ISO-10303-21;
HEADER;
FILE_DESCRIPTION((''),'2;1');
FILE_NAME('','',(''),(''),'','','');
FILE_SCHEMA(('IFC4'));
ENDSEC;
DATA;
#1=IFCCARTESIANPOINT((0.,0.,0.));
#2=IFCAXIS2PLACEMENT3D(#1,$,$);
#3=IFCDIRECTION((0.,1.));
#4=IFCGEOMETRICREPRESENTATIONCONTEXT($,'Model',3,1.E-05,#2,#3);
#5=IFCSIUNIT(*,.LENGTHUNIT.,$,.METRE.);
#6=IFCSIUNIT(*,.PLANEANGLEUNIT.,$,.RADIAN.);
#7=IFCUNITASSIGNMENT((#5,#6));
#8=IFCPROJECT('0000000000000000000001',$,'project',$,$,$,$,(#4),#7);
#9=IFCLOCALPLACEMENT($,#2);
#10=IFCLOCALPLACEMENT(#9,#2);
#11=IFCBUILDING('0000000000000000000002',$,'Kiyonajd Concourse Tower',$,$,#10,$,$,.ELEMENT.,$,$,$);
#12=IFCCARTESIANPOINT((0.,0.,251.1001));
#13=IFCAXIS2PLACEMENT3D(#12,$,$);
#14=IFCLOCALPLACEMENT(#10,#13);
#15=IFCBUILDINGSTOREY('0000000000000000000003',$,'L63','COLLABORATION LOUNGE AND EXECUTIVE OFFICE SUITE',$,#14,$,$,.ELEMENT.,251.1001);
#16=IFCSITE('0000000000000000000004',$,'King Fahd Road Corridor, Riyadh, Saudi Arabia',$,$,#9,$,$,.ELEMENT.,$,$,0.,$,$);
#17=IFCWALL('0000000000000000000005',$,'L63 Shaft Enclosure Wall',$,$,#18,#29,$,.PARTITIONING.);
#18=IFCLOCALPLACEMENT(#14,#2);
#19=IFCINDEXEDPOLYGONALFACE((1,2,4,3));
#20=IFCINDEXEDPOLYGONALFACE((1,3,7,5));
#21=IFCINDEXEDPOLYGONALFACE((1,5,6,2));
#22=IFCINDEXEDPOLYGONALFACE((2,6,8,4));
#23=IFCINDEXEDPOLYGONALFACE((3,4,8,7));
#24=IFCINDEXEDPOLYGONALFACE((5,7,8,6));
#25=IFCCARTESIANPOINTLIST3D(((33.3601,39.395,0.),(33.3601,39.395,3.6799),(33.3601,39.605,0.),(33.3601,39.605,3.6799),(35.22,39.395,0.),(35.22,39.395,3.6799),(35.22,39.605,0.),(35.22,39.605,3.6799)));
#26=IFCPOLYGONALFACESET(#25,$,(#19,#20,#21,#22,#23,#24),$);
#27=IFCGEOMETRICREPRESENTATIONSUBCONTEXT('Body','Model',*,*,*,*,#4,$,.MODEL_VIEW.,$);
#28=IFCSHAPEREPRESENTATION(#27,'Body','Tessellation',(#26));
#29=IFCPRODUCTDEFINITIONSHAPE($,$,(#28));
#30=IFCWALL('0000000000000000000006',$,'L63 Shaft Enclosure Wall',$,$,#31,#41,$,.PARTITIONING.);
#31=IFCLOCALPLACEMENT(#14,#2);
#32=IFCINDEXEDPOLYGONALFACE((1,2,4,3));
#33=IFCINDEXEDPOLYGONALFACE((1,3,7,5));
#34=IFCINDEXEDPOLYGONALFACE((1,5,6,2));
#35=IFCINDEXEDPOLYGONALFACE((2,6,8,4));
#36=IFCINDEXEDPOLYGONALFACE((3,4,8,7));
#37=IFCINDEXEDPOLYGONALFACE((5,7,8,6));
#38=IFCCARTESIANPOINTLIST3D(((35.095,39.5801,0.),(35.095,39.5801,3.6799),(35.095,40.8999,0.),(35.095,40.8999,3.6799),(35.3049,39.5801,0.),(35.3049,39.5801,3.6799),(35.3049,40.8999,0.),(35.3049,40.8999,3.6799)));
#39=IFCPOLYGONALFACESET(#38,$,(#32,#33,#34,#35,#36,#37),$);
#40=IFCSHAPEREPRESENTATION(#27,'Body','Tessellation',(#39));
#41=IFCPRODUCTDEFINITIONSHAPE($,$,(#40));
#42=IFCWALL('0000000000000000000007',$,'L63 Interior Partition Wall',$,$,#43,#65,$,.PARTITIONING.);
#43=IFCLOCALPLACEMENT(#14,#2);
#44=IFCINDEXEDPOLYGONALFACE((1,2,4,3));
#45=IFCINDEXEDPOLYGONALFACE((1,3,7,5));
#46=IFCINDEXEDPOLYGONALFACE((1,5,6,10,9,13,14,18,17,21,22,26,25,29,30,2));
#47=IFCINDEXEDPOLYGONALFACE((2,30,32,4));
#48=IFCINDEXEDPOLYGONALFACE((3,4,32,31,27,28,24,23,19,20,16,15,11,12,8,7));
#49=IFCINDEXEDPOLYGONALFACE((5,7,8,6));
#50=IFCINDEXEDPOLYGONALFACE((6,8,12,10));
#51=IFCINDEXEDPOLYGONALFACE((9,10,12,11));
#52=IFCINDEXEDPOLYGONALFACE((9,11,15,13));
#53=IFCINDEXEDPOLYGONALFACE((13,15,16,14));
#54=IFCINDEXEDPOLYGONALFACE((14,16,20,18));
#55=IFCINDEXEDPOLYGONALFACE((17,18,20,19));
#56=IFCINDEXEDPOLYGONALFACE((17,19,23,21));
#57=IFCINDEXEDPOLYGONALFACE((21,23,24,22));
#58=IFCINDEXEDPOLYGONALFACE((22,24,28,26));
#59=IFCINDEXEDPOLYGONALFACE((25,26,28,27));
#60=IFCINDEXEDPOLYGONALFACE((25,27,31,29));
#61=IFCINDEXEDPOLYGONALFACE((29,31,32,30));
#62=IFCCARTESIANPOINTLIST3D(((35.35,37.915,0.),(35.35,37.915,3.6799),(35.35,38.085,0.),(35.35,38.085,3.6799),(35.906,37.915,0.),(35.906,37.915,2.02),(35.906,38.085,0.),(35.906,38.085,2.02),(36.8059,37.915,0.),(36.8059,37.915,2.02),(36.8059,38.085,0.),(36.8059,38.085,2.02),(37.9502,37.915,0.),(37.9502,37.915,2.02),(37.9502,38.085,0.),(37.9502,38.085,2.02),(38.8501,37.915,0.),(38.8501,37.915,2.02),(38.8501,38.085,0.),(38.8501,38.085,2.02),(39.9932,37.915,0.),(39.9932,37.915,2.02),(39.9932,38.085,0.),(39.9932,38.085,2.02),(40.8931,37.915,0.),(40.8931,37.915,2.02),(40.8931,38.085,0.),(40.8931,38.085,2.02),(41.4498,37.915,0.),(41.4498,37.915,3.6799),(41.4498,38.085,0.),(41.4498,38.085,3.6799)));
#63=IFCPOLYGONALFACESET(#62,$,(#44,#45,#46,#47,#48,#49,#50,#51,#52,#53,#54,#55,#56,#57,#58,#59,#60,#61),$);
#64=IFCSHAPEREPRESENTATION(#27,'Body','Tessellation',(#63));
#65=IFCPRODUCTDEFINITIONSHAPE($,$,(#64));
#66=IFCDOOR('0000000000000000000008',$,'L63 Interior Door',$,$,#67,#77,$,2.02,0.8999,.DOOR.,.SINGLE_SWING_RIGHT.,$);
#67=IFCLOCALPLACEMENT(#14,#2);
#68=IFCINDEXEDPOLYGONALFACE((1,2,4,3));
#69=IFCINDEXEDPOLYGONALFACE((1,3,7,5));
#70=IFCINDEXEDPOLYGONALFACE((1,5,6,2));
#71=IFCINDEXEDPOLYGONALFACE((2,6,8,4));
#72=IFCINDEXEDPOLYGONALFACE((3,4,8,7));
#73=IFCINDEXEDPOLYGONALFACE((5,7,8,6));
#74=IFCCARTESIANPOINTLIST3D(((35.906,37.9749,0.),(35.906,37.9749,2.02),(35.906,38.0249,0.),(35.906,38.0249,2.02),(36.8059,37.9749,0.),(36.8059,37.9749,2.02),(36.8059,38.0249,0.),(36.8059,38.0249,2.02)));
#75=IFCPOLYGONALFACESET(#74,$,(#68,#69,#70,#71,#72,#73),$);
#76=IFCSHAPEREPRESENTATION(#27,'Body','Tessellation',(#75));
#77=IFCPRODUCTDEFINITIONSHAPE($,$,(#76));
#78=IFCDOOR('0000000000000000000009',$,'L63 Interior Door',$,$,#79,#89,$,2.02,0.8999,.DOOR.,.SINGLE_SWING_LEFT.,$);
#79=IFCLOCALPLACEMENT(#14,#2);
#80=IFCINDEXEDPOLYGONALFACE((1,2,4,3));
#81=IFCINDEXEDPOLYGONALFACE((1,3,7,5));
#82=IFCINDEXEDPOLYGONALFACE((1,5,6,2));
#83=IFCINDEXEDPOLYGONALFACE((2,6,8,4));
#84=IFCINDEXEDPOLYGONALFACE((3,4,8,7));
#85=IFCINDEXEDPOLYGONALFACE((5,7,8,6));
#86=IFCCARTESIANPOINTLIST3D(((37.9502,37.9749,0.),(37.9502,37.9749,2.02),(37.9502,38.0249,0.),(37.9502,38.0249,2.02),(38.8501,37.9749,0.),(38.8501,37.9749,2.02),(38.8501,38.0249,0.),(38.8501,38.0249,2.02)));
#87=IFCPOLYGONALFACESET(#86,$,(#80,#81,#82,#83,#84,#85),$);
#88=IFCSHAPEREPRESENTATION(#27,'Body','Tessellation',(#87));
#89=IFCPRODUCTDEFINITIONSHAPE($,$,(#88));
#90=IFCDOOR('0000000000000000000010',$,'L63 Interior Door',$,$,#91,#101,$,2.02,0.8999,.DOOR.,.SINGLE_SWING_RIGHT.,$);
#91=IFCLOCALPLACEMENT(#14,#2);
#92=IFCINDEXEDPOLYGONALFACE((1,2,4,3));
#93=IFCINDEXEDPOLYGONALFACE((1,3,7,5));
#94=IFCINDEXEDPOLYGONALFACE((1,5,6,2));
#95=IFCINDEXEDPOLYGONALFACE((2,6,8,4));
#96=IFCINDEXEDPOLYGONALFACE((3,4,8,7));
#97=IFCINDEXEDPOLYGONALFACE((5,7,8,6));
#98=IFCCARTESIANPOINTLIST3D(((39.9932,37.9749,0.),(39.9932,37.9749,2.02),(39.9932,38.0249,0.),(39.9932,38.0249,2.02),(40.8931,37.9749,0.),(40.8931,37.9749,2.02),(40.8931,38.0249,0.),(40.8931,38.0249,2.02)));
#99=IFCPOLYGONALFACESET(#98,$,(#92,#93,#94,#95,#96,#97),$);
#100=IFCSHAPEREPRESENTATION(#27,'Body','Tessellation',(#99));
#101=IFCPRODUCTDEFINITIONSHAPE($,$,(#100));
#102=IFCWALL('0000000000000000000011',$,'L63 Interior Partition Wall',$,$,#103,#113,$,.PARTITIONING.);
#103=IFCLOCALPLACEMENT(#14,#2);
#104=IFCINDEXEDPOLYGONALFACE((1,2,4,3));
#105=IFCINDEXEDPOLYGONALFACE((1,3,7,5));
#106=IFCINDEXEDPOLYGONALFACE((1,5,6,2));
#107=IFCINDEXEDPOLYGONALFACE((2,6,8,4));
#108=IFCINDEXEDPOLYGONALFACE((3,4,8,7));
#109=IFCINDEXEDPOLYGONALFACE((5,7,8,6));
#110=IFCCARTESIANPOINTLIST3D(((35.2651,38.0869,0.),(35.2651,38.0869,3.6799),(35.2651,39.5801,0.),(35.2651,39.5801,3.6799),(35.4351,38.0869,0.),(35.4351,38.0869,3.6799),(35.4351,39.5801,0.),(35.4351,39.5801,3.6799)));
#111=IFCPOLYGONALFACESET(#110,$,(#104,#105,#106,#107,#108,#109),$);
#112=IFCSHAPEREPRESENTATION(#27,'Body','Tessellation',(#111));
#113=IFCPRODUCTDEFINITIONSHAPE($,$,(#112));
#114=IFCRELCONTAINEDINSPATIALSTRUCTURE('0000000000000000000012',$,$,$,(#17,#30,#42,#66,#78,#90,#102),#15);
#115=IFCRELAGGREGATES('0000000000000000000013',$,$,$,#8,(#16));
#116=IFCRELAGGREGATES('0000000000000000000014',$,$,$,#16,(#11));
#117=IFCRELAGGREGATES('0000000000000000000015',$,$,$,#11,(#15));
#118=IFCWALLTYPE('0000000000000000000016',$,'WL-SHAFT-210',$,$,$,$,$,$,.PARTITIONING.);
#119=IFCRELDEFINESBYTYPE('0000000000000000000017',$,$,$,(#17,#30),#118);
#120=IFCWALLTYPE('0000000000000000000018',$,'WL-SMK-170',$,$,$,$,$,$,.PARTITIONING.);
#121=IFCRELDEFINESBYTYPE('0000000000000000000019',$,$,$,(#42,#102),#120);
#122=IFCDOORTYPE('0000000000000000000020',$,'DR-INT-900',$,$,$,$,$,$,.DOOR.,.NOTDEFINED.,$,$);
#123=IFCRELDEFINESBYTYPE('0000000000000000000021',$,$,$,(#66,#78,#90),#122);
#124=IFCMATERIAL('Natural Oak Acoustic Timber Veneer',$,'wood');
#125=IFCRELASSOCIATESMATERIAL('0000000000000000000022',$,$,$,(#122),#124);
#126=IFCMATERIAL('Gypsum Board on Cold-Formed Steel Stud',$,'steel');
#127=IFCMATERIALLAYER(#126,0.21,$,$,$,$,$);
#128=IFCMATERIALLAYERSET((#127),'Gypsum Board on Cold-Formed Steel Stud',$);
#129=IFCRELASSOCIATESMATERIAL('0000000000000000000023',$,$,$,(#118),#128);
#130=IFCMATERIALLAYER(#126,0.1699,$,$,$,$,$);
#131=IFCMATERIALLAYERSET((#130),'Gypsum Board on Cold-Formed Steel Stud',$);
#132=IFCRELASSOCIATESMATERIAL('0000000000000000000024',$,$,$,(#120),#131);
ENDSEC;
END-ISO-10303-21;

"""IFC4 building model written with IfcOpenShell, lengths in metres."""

from ifc_helpers import new_model, si_unit, direction, frame, frame_2d, origin, place, context, subcontext, project, spatial, rectangle, extrude, material, layer, layer_set, type_object, element, fill, save


model = new_model("IFC4")

# Units and contexts
model_context = context("Model", 3, precision=1e-05, world=origin(), true_north=direction((0.0, 1.0)))
body_context = subcontext(model_context, "Body", "Model", "MODEL_VIEW")
ifc_project = project(units=[si_unit("LENGTHUNIT", "METRE"), si_unit("PLANEANGLEUNIT", "RADIAN")], contexts=[model_context])

# Site, building, storey
site_placement = place(None, origin())
site = spatial("IfcSite", under=ifc_project, at=site_placement, Name="King Fahd Road Corridor, Riyadh, Saudi Arabia", CompositionType="ELEMENT", RefElevation=0.0)
building_placement = place(site_placement, origin())
building = spatial("IfcBuilding", under=site, at=building_placement, Name="Kiyonajd Concourse Tower", CompositionType="ELEMENT")
storey_placement = place(building_placement, frame((0.0, 0.0, 251.1001)))
storey = spatial("IfcBuildingStorey", under=building, at=storey_placement, Name="L63", Description="COLLABORATION LOUNGE AND EXECUTIVE OFFICE SUITE", CompositionType="ELEMENT", Elevation=251.1001)

# Shared definitions
ifc_material_1 = material(Name="Natural Oak Acoustic Timber Veneer", Category="wood")
door_type_1 = type_object("IfcDoorType", Name="DR-INT-900", OperationType="NOTDEFINED", PredefinedType="DOOR", material=ifc_material_1)

# Walls
ifc_material_2 = material(Name="Gypsum Board on Cold-Formed Steel Stud", Category="steel")
ifc_layer_1 = layer(ifc_material_2, 0.21)
ifc_layer_set_1 = layer_set([ifc_layer_1], Name="Gypsum Board on Cold-Formed Steel Stud")
wall_type_1 = type_object("IfcWallType", Name="WL-SHAFT-210", PredefinedType="PARTITIONING", material=ifc_layer_set_1)
wall_1_placement = place(storey_placement, frame((33.3601, 39.5, 0.0), z_axis=(0.0, 0.0, 1.0), x_axis=(1.0, 0.0, 0.0)))
element("IfcWall", 1, at=wall_1_placement, inside=storey, type_object=wall_type_1, Name="L63 Shaft Enclosure Wall", PredefinedType="PARTITIONING", context=body_context, shape_type="SweptSolid", body=[
    extrude(rectangle(XDim=1.8599, YDim=0.21, at=frame_2d((0.9299, 0.0))), origin(), (0.0, 0.0, 1.0), 3.6799),
])
wall_2_placement = place(storey_placement, frame((35.2, 39.5801, 0.0), z_axis=(0.0, 0.0, 1.0), x_axis=(0.0, 1.0, 0.0)))
element("IfcWall", 2, at=wall_2_placement, inside=storey, type_object=wall_type_1, Name="L63 Shaft Enclosure Wall", PredefinedType="PARTITIONING", context=body_context, shape_type="SweptSolid", body=[
    extrude(rectangle(XDim=1.3198, YDim=0.21, at=frame_2d((0.6599, 0.0))), origin(), (0.0, 0.0, 1.0), 3.6799),
])

# Wall, openings, doors
ifc_layer_2 = layer(ifc_material_2, 0.1699)
ifc_layer_set_2 = layer_set([ifc_layer_2], Name="Gypsum Board on Cold-Formed Steel Stud")
wall_type_2 = type_object("IfcWallType", Name="WL-SMK-170", PredefinedType="PARTITIONING", material=ifc_layer_set_2)
wall_3_placement = place(storey_placement, frame((35.3501, 38.0, 0.0), z_axis=(0.0, 0.0, 1.0), x_axis=(1.0, 0.0, 0.0)))
wall_3 = element("IfcWall", 3, at=wall_3_placement, inside=storey, type_object=wall_type_2, Name="L63 Interior Partition Wall", PredefinedType="PARTITIONING", context=body_context, shape_type="SweptSolid", body=[
    extrude(rectangle(XDim=6.0999, YDim=0.1699, at=frame_2d((3.0498, 0.0))), origin(), (0.0, 0.0, 1.0), 3.6799),
])
opening_1_placement = place(wall_3_placement, frame((0.5559, 0.0, 0.0)))
opening_1 = element("IfcOpeningElement", 4, at=opening_1_placement, cuts=wall_3, PredefinedType="OPENING", context=body_context, shape_type="SweptSolid", body=[
    extrude(rectangle(XDim=0.8999, YDim=2.02, at=frame_2d((0.45, 1.01))), frame((0.0, 0.095, 0.0), z_axis=(0.0, -1.0, 0.0), x_axis=(1.0, 0.0, 0.0)), (0.0, 0.0, 1.0), 0.1899),
])
opening_2_placement = place(wall_3_placement, frame((2.6001, 0.0, 0.0)))
opening_2 = element("IfcOpeningElement", 5, at=opening_2_placement, cuts=wall_3, PredefinedType="OPENING", context=body_context, shape_type="SweptSolid", body=[
    extrude(rectangle(XDim=0.8999, YDim=2.02, at=frame_2d((0.45, 1.01))), frame((0.0, 0.095, 0.0), z_axis=(0.0, -1.0, 0.0), x_axis=(1.0, 0.0, 0.0)), (0.0, 0.0, 1.0), 0.1899),
])
opening_3_placement = place(wall_3_placement, frame((4.6431, 0.0, 0.0)))
opening_3 = element("IfcOpeningElement", 6, at=opening_3_placement, cuts=wall_3, PredefinedType="OPENING", context=body_context, shape_type="SweptSolid", body=[
    extrude(rectangle(XDim=0.8999, YDim=2.02, at=frame_2d((0.45, 1.01))), frame((0.0, 0.095, 0.0), z_axis=(0.0, -1.0, 0.0), x_axis=(1.0, 0.0, 0.0)), (0.0, 0.0, 1.0), 0.1899),
])
door_1_placement = place(opening_1_placement, origin())
door_1 = element("IfcDoor", 7, at=door_1_placement, inside=storey, type_object=door_type_1, Name="L63 Interior Door", OperationType="SINGLE_SWING_RIGHT", OverallHeight=2.02, OverallWidth=0.8999, PredefinedType="DOOR", context=body_context, shape_type="SweptSolid", body=[
    extrude(rectangle(XDim=0.8999, YDim=2.02, at=frame_2d((0.45, 1.01))), frame((0.0, 0.0249, 0.0), z_axis=(0.0, -1.0, 0.0), x_axis=(1.0, 0.0, 0.0)), (0.0, 0.0, 1.0), 0.05),
])
fill(opening_1, door_1)
door_2_placement = place(opening_2_placement, origin())
door_2 = element("IfcDoor", 8, at=door_2_placement, inside=storey, type_object=door_type_1, Name="L63 Interior Door", OperationType="SINGLE_SWING_LEFT", OverallHeight=2.02, OverallWidth=0.8999, PredefinedType="DOOR", context=body_context, shape_type="SweptSolid", body=[
    extrude(rectangle(XDim=0.8999, YDim=2.02, at=frame_2d((0.45, 1.01))), frame((0.0, 0.0249, 0.0), z_axis=(0.0, -1.0, 0.0), x_axis=(1.0, 0.0, 0.0)), (0.0, 0.0, 1.0), 0.05),
])
fill(opening_2, door_2)
door_3_placement = place(opening_3_placement, origin())
door_3 = element("IfcDoor", 9, at=door_3_placement, inside=storey, type_object=door_type_1, Name="L63 Interior Door", OperationType="SINGLE_SWING_RIGHT", OverallHeight=2.02, OverallWidth=0.8999, PredefinedType="DOOR", context=body_context, shape_type="SweptSolid", body=[
    extrude(rectangle(XDim=0.8999, YDim=2.02, at=frame_2d((0.45, 1.01))), frame((0.0, 0.0249, 0.0), z_axis=(0.0, -1.0, 0.0), x_axis=(1.0, 0.0, 0.0)), (0.0, 0.0, 1.0), 0.05),
])
fill(opening_3, door_3)

# Wall
wall_4_placement = place(storey_placement, frame((35.3501, 38.0869, 0.0), z_axis=(0.0, 0.0, 1.0), x_axis=(0.0, 1.0, 0.0)))
element("IfcWall", 10, at=wall_4_placement, inside=storey, type_object=wall_type_2, Name="L63 Interior Partition Wall", PredefinedType="PARTITIONING", context=body_context, shape_type="SweptSolid", body=[
    extrude(rectangle(XDim=1.4932, YDim=0.1699, at=frame_2d((0.7466, 0.0))), origin(), (0.0, 0.0, 1.0), 3.6799),
])

save(model, "model.ifc")
